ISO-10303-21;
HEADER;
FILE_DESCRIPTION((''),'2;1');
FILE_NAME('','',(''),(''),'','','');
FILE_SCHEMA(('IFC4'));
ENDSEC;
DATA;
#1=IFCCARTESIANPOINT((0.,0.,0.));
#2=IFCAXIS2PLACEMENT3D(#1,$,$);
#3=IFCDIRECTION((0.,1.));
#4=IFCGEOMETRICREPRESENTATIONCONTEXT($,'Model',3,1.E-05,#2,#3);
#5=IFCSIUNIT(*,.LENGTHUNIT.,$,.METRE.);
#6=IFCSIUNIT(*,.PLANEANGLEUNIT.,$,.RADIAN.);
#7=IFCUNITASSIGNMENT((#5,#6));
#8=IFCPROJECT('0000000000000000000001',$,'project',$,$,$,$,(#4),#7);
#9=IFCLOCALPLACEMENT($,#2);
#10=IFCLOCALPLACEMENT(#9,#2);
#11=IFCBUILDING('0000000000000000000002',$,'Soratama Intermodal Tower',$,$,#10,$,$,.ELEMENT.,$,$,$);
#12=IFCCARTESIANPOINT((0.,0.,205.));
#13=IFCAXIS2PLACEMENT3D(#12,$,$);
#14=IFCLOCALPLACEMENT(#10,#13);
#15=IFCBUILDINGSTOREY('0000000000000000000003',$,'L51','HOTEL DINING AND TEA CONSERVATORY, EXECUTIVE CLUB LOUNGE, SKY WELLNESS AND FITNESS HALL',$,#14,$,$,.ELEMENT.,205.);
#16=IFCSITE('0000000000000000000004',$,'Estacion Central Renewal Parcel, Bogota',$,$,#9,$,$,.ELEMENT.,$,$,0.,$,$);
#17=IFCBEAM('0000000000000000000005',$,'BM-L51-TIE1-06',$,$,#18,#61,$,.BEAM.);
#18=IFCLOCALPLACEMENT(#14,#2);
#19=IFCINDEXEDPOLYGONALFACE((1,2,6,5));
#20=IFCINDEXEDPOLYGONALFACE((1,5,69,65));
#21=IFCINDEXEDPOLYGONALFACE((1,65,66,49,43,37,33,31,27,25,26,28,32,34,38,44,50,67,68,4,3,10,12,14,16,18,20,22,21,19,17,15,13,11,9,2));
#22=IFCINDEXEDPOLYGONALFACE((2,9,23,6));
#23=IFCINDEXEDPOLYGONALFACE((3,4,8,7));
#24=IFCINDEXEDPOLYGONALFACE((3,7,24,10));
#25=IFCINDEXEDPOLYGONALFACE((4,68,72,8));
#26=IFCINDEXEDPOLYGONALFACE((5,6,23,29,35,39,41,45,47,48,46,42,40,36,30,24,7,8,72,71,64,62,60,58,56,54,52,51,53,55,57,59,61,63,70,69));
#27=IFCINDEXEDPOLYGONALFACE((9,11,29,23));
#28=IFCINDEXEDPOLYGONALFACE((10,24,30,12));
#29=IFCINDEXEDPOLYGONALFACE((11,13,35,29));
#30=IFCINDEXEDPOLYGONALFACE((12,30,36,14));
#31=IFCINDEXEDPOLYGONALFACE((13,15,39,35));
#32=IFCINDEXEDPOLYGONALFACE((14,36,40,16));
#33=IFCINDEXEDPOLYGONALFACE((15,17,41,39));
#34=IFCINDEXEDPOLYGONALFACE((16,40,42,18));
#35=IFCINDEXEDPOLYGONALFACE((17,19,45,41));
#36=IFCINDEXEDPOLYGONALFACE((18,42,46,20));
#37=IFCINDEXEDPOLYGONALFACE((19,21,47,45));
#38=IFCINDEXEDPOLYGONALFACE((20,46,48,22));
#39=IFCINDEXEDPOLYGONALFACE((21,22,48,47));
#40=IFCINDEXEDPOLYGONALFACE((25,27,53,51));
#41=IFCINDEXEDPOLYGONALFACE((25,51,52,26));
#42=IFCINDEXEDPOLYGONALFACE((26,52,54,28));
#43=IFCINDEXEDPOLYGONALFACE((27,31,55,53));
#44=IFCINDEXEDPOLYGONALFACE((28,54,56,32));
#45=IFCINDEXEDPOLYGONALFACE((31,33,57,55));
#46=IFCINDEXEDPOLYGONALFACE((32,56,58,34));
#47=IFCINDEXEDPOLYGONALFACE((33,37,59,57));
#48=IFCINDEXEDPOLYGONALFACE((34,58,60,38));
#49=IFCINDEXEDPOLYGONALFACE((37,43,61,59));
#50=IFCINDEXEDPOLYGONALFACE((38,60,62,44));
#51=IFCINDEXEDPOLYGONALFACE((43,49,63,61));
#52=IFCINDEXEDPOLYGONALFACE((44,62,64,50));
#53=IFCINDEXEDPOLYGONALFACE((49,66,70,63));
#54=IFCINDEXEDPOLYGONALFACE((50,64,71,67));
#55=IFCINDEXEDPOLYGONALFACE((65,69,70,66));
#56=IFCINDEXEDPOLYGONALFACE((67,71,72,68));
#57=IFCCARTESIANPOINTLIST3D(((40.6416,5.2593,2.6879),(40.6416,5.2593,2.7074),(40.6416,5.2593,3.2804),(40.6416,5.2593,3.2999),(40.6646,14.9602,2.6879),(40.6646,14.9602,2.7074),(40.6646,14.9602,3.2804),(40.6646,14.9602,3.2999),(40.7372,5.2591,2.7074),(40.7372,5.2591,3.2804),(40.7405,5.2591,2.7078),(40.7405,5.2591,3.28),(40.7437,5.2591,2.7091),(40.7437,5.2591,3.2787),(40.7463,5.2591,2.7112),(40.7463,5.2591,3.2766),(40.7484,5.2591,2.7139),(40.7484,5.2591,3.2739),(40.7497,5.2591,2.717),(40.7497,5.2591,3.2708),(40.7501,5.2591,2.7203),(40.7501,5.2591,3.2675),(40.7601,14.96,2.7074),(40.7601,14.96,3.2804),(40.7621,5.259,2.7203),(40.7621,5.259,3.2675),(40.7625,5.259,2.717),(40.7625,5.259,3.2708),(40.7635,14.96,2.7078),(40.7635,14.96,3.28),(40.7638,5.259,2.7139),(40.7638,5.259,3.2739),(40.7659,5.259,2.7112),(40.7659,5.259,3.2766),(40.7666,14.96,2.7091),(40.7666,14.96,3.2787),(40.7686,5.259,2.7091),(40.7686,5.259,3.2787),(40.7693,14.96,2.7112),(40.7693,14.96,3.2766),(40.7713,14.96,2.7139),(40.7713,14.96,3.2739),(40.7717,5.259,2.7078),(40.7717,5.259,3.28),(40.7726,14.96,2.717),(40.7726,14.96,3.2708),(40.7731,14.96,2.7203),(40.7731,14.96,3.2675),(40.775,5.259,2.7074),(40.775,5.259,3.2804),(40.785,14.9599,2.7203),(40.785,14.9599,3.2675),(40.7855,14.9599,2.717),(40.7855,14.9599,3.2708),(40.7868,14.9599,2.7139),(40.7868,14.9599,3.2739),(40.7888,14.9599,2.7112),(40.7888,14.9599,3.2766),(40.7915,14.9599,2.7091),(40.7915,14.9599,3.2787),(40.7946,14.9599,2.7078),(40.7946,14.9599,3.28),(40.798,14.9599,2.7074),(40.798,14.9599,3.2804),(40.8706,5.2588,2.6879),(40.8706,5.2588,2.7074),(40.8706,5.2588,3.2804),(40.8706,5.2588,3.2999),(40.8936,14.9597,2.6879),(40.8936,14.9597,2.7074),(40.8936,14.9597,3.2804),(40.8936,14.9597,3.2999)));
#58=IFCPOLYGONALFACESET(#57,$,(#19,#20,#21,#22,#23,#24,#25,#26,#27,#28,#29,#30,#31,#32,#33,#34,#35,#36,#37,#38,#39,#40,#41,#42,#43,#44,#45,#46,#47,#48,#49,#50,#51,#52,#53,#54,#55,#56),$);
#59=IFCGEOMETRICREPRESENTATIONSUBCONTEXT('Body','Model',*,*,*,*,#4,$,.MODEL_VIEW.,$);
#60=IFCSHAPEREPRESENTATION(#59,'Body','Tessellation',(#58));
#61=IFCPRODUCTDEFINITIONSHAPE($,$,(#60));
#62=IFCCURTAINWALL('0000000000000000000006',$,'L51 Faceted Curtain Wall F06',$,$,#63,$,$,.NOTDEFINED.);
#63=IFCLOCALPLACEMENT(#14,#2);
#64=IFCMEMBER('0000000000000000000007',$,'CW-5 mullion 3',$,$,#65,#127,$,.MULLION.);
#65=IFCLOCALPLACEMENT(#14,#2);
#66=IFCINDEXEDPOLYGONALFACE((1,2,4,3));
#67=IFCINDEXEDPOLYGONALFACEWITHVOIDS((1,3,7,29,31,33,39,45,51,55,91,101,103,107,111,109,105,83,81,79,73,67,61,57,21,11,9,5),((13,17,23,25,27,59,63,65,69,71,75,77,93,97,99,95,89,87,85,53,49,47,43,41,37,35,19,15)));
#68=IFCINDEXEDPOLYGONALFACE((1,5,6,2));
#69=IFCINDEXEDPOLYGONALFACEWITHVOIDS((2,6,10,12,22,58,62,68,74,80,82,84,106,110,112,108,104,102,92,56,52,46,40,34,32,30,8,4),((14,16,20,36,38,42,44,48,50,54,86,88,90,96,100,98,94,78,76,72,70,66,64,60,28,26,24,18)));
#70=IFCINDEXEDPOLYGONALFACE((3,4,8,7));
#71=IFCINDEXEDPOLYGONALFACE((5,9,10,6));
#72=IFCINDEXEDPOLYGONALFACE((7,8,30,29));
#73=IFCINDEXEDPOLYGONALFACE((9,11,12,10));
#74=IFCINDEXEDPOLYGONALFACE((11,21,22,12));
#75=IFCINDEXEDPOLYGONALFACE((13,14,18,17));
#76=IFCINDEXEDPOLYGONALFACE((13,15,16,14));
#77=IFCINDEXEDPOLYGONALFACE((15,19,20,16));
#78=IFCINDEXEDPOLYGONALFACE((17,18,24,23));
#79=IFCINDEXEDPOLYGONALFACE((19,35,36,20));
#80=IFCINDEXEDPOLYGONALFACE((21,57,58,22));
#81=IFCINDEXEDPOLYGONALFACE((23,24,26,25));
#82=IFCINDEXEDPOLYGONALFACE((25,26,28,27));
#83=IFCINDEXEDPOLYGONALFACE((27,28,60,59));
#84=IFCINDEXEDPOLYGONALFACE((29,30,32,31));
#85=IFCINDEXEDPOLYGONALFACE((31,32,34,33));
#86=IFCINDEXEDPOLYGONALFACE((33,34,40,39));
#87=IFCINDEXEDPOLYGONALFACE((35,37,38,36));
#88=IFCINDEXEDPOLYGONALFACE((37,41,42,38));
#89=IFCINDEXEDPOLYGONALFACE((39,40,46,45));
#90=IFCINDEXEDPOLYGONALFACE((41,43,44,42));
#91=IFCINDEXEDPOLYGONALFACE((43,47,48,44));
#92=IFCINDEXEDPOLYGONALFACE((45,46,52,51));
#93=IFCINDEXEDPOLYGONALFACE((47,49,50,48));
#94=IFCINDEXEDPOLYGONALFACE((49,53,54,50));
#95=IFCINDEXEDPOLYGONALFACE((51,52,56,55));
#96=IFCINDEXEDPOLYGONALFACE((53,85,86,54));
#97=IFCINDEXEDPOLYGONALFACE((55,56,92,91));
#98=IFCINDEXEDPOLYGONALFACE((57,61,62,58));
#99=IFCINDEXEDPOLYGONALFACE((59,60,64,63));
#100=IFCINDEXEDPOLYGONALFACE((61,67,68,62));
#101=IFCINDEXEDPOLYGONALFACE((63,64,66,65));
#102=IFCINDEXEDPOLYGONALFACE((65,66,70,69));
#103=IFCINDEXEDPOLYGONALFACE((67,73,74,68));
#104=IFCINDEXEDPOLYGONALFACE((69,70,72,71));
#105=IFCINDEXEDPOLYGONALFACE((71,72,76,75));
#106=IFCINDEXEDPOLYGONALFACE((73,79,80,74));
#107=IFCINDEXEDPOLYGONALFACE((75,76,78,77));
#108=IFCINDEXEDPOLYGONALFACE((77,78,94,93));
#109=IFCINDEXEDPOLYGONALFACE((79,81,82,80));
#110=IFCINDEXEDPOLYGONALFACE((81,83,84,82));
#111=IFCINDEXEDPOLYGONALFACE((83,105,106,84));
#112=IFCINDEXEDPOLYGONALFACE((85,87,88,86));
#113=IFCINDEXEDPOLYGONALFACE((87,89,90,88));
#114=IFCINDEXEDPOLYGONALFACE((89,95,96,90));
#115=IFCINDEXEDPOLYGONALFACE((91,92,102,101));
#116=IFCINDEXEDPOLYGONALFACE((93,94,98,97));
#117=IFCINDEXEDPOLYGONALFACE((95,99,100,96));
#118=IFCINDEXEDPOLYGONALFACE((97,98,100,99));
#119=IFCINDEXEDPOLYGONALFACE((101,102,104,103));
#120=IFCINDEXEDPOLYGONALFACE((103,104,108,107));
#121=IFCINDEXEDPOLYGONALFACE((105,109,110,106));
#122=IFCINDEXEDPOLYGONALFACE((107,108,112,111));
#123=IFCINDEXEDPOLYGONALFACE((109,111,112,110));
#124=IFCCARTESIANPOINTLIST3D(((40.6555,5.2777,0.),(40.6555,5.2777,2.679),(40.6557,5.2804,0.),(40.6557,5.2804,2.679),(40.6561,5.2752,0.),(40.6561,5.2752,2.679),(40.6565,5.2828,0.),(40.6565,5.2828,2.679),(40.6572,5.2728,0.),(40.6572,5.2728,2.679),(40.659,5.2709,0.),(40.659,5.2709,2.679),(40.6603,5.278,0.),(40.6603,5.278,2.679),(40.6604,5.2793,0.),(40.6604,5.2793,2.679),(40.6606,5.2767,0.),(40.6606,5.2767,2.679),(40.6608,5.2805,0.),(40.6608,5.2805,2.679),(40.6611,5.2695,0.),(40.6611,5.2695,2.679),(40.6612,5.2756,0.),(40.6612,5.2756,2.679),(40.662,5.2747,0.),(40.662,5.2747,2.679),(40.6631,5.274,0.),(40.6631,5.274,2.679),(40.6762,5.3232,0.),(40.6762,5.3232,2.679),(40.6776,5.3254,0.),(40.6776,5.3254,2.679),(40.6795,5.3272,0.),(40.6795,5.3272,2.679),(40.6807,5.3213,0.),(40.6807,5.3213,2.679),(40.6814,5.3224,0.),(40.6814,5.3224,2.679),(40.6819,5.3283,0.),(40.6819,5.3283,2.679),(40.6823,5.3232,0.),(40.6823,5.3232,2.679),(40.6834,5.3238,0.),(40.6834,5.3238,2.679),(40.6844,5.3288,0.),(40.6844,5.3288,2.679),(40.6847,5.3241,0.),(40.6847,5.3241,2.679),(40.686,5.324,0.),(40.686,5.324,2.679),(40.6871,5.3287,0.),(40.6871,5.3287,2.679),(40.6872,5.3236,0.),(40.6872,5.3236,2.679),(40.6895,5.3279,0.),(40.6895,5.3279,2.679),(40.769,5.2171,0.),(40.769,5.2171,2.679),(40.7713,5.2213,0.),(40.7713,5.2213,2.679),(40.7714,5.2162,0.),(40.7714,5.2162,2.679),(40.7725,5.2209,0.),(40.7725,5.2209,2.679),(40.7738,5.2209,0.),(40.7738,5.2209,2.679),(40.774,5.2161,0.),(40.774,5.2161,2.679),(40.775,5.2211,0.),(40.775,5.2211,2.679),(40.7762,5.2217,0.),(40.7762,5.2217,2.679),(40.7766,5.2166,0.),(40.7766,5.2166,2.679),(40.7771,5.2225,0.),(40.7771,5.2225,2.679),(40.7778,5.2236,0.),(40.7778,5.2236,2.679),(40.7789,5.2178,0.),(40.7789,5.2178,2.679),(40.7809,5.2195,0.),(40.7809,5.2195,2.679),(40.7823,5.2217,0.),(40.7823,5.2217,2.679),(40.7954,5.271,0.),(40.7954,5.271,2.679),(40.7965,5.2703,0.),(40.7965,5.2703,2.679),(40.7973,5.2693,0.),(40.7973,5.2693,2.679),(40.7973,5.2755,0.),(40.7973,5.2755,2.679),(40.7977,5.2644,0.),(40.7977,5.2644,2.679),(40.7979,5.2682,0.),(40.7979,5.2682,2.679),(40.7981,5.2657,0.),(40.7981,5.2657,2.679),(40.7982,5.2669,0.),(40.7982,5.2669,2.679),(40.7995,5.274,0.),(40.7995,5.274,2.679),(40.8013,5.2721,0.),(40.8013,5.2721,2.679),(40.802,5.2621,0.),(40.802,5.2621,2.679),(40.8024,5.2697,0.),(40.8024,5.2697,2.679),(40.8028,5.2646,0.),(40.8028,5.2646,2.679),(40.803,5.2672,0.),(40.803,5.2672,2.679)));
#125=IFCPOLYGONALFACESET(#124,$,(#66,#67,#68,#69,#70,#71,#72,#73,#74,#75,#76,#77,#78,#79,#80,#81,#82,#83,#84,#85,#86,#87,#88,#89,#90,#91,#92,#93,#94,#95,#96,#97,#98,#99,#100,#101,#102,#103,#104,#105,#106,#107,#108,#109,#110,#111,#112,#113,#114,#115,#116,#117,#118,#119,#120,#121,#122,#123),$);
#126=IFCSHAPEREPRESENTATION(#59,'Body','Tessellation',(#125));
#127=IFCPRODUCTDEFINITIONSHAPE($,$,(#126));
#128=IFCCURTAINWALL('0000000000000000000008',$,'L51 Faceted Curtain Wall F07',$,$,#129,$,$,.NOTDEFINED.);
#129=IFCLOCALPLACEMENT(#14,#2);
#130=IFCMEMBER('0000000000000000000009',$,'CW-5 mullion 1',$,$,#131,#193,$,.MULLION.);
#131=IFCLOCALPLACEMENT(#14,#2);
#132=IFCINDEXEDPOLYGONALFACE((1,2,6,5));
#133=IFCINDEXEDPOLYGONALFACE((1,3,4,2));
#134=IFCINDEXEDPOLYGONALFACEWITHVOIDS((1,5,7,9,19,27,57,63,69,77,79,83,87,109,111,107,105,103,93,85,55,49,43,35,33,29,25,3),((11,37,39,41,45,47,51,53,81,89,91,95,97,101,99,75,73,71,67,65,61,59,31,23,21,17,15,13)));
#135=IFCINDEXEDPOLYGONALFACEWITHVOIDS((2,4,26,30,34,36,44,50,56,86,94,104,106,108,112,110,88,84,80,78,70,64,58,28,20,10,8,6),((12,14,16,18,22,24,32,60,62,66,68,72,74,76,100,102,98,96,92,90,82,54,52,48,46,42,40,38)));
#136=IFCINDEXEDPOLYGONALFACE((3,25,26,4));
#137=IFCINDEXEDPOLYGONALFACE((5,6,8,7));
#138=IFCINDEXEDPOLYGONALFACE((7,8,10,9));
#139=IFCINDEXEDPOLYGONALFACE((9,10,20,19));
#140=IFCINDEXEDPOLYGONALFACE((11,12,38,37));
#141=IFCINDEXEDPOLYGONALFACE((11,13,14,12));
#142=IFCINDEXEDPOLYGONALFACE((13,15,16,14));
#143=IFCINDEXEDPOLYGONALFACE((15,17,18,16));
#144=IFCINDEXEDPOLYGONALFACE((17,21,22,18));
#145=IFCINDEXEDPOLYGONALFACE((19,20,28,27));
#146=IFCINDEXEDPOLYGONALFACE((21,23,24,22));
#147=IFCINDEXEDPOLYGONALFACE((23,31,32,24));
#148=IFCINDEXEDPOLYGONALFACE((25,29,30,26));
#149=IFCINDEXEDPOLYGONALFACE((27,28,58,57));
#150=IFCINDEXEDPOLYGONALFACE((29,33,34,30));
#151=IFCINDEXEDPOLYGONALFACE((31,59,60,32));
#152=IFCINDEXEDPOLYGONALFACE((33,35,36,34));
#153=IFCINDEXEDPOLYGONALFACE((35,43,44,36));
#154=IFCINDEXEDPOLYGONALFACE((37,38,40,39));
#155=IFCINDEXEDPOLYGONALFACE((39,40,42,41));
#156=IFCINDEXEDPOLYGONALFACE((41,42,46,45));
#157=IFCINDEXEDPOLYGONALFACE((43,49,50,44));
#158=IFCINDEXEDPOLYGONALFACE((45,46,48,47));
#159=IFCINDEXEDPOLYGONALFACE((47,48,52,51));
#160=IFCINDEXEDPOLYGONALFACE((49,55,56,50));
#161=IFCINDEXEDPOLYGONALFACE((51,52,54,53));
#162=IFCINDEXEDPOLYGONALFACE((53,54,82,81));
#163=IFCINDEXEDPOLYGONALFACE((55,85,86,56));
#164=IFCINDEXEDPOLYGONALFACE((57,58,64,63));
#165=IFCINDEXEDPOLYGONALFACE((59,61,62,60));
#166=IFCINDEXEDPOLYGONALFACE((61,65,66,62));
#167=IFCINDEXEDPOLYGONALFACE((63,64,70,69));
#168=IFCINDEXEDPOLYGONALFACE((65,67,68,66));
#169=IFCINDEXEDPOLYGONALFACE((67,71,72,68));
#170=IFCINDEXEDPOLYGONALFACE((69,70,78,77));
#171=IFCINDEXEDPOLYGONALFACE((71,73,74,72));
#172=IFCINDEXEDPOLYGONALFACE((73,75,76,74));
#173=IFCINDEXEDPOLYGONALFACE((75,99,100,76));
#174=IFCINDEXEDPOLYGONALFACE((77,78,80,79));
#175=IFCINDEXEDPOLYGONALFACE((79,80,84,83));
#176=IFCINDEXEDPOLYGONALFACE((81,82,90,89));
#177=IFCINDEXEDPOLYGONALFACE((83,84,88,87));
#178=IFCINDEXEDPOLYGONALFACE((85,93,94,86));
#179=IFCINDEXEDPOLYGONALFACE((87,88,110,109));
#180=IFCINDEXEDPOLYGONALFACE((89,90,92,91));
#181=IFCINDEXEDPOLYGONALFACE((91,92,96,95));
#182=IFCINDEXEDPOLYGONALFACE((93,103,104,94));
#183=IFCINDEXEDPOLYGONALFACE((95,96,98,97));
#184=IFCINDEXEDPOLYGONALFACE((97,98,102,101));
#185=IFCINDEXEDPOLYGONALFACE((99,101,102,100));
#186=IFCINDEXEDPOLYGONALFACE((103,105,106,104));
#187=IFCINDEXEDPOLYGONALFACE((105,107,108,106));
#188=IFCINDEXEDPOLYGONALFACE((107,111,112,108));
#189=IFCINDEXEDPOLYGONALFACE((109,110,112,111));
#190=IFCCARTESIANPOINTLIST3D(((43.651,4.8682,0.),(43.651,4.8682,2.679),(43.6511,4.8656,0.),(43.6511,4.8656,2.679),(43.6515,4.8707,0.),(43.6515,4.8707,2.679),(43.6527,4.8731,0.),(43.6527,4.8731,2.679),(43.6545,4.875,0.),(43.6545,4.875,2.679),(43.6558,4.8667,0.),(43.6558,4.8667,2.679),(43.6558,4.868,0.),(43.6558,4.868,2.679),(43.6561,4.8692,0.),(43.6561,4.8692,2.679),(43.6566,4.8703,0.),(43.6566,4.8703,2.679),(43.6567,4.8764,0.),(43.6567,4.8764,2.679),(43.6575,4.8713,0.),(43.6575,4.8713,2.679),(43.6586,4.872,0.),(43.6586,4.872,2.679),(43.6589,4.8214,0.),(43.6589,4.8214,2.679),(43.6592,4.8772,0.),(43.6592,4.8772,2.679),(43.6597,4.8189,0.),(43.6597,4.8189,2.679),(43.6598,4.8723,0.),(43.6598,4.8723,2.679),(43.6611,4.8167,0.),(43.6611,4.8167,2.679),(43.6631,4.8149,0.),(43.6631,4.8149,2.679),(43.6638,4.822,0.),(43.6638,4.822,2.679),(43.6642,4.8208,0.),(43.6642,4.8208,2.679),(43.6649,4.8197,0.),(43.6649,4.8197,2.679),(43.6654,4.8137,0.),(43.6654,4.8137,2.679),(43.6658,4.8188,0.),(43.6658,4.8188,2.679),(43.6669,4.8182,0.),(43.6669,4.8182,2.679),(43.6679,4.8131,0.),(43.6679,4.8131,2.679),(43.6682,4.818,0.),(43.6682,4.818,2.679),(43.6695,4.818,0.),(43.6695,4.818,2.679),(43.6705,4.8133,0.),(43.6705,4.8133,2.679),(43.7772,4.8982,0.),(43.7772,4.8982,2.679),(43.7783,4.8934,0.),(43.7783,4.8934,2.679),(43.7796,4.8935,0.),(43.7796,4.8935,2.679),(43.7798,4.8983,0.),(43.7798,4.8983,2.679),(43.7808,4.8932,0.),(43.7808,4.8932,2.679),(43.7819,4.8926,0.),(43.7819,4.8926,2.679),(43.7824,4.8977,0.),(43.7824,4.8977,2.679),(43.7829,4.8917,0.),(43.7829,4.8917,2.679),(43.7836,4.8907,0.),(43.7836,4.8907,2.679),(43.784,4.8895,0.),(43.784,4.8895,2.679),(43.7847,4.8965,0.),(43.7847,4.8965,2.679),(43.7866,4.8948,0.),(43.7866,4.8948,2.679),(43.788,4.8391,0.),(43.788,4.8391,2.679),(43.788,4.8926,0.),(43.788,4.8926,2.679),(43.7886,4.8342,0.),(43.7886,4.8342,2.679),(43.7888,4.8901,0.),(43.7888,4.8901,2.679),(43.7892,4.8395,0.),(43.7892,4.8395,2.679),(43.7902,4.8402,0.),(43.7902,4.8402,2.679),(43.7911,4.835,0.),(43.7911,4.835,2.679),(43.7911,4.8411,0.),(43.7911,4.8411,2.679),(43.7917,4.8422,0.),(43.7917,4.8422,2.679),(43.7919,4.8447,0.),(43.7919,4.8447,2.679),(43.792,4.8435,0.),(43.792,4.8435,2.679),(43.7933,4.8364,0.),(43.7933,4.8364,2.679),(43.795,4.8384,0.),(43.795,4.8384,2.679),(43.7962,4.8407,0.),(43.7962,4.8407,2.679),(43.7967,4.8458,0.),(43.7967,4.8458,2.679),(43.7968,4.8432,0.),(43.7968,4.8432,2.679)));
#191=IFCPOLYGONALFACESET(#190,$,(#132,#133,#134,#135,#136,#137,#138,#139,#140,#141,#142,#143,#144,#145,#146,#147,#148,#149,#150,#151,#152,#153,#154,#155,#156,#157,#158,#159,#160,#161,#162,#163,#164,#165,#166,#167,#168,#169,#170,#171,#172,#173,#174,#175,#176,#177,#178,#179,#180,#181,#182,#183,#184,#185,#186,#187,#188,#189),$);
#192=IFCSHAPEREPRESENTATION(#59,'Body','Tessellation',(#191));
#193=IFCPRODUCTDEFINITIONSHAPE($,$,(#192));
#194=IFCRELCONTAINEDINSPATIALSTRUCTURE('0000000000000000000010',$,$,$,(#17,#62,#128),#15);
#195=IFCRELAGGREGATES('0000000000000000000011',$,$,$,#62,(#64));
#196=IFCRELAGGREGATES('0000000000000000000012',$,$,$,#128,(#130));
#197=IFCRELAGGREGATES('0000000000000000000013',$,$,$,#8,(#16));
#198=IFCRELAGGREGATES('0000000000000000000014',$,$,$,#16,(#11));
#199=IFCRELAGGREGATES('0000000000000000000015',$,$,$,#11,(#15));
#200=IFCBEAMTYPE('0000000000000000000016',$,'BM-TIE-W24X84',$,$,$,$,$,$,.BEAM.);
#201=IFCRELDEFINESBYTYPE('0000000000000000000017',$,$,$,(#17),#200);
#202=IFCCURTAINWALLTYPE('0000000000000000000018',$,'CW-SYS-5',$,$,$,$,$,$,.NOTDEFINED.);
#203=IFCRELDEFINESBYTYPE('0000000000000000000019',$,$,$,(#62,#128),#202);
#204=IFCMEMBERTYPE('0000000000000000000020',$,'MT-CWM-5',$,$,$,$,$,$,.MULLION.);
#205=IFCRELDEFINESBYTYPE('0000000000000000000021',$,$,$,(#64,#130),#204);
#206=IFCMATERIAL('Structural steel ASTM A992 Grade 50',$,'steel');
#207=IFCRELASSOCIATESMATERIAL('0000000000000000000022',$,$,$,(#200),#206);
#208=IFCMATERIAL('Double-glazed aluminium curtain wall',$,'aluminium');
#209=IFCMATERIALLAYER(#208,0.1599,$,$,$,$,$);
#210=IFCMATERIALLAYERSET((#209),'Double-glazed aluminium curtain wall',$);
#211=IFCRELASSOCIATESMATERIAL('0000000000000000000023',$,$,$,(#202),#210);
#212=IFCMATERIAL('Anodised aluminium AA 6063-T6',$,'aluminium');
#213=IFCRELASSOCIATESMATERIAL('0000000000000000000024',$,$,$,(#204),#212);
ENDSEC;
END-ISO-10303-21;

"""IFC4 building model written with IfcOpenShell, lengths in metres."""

from ifc_helpers import new_model, si_unit, direction, frame, origin, origin_2d, place, context, subcontext, project, spatial, hollow_rectangle, i_section, extrude, material, layer, layer_set, material_profile, profile_set, type_object, element, aggregate, save


model = new_model("IFC4")

# Units and contexts
model_context = context("Model", 3, precision=1e-05, world=origin(), true_north=direction((0.0, 1.0)))
body_context = subcontext(model_context, "Body", "Model", "MODEL_VIEW")
ifc_project = project(units=[si_unit("LENGTHUNIT", "METRE"), si_unit("PLANEANGLEUNIT", "RADIAN")], contexts=[model_context])

# Site, building, storey
site_placement = place(None, origin())
site = spatial("IfcSite", under=ifc_project, at=site_placement, Name="Estacion Central Renewal Parcel, Bogota", CompositionType="ELEMENT", RefElevation=0.0)
building_placement = place(site_placement, origin())
building = spatial("IfcBuilding", under=site, at=building_placement, Name="Soratama Intermodal Tower", CompositionType="ELEMENT")
storey_placement = place(building_placement, frame((0.0, 0.0, 205.0)))
storey = spatial("IfcBuildingStorey", under=building, at=storey_placement, Name="L51", Description="HOTEL DINING AND TEA CONSERVATORY, EXECUTIVE CLUB LOUNGE, SKY WELLNESS AND FITNESS HALL", CompositionType="ELEMENT", Elevation=205.0)

# Beam
ifc_material_1 = material(Name="Structural steel ASTM A992 Grade 50", Category="steel")
ifc_material_profile_1 = material_profile(ifc_material_1, i_section(OverallWidth=0.229, OverallDepth=0.6121, WebThickness=0.012, FlangeThickness=0.0195, FilletRadius=0.0129, at=origin_2d()), Name="W24X84")
ifc_profile_set_1 = profile_set([ifc_material_profile_1], Name="Structural steel ASTM A992 Grade 50")
beam_type_1 = type_object("IfcBeamType", Name="BM-TIE-W24X84", PredefinedType="BEAM", material=ifc_profile_set_1)
beam_1_placement = place(storey_placement, frame((40.7791, 14.96, 2.9939), z_axis=(-0.002366, -0.999997, 0.0), x_axis=(0.999997, -0.002366, 0.0)))
element("IfcBeam", 1, at=beam_1_placement, inside=storey, type_object=beam_type_1, Name="BM-L51-TIE1-06", PredefinedType="BEAM", context=body_context, shape_type="SweptSolid", body=[
    extrude(i_section(OverallWidth=0.229, OverallDepth=0.6121, WebThickness=0.012, FlangeThickness=0.0195, FilletRadius=0.0129, at=origin_2d()), origin(), (0.0, 0.0, 1.0), 9.7009),
])

# Curtain wall, member
ifc_material_2 = material(Name="Double-glazed aluminium curtain wall", Category="aluminium")
ifc_layer_1 = layer(ifc_material_2, 0.1599)
ifc_layer_set_1 = layer_set([ifc_layer_1], Name="Double-glazed aluminium curtain wall")
curtain_wall_type = type_object("IfcCurtainWallType", Name="CW-SYS-5", PredefinedType="NOTDEFINED", material=ifc_layer_set_1)
curtain_wall_1_placement = place(storey_placement, origin())
curtain_wall_1 = element("IfcCurtainWall", 2, at=curtain_wall_1_placement, inside=storey, type_object=curtain_wall_type, Name="L51 Faceted Curtain Wall F06", PredefinedType="NOTDEFINED")
ifc_material_3 = material(Name="Anodised aluminium AA 6063-T6", Category="aluminium")
ifc_material_profile_2 = material_profile(ifc_material_3, hollow_rectangle(XDim=0.0649, YDim=0.1399, WallThickness=0.0049, InnerFilletRadius=0.0049, OuterFilletRadius=0.01, at=origin_2d()), Name="CWM140X65X5")
ifc_profile_set_2 = profile_set([ifc_material_profile_2], Name="Anodised aluminium AA 6063-T6")
member_type_1 = type_object("IfcMemberType", Name="MT-CWM-5", PredefinedType="MULLION", material=ifc_profile_set_2)
member_1_placement = place(storey_placement, frame((40.7292, 5.2725, 0.0), z_axis=(0.0, 0.0, 1.0), x_axis=(0.437111, 0.899408, 0.0)))
member_1 = element("IfcMember", 3, at=member_1_placement, type_object=member_type_1, Name="CW-5 mullion 3", PredefinedType="MULLION", context=body_context, shape_type="SweptSolid", body=[
    extrude(hollow_rectangle(XDim=0.0649, YDim=0.1399, WallThickness=0.0049, InnerFilletRadius=0.0049, OuterFilletRadius=0.01, at=origin_2d()), origin(), (0.0, 0.0, 1.0), 2.679),
])
aggregate(curtain_wall_1, [member_1])

# Curtain wall, member
curtain_wall_2_placement = place(storey_placement, origin())
curtain_wall_2 = element("IfcCurtainWall", 4, at=curtain_wall_2_placement, inside=storey, type_object=curtain_wall_type, Name="L51 Faceted Curtain Wall F07", PredefinedType="NOTDEFINED")
member_2_placement = place(storey_placement, frame((43.7239, 4.8557, 0.0), z_axis=(0.0, 0.0, 1.0), x_axis=(-0.175028, 0.984563, 0.0)))
member_2 = element("IfcMember", 5, at=member_2_placement, type_object=member_type_1, Name="CW-5 mullion 1", PredefinedType="MULLION", context=body_context, shape_type="SweptSolid", body=[
    extrude(hollow_rectangle(XDim=0.0649, YDim=0.1399, WallThickness=0.0049, InnerFilletRadius=0.0049, OuterFilletRadius=0.01, at=origin_2d()), origin(), (0.0, 0.0, 1.0), 2.679),
])
aggregate(curtain_wall_2, [member_2])

save(model, "model.ifc")
